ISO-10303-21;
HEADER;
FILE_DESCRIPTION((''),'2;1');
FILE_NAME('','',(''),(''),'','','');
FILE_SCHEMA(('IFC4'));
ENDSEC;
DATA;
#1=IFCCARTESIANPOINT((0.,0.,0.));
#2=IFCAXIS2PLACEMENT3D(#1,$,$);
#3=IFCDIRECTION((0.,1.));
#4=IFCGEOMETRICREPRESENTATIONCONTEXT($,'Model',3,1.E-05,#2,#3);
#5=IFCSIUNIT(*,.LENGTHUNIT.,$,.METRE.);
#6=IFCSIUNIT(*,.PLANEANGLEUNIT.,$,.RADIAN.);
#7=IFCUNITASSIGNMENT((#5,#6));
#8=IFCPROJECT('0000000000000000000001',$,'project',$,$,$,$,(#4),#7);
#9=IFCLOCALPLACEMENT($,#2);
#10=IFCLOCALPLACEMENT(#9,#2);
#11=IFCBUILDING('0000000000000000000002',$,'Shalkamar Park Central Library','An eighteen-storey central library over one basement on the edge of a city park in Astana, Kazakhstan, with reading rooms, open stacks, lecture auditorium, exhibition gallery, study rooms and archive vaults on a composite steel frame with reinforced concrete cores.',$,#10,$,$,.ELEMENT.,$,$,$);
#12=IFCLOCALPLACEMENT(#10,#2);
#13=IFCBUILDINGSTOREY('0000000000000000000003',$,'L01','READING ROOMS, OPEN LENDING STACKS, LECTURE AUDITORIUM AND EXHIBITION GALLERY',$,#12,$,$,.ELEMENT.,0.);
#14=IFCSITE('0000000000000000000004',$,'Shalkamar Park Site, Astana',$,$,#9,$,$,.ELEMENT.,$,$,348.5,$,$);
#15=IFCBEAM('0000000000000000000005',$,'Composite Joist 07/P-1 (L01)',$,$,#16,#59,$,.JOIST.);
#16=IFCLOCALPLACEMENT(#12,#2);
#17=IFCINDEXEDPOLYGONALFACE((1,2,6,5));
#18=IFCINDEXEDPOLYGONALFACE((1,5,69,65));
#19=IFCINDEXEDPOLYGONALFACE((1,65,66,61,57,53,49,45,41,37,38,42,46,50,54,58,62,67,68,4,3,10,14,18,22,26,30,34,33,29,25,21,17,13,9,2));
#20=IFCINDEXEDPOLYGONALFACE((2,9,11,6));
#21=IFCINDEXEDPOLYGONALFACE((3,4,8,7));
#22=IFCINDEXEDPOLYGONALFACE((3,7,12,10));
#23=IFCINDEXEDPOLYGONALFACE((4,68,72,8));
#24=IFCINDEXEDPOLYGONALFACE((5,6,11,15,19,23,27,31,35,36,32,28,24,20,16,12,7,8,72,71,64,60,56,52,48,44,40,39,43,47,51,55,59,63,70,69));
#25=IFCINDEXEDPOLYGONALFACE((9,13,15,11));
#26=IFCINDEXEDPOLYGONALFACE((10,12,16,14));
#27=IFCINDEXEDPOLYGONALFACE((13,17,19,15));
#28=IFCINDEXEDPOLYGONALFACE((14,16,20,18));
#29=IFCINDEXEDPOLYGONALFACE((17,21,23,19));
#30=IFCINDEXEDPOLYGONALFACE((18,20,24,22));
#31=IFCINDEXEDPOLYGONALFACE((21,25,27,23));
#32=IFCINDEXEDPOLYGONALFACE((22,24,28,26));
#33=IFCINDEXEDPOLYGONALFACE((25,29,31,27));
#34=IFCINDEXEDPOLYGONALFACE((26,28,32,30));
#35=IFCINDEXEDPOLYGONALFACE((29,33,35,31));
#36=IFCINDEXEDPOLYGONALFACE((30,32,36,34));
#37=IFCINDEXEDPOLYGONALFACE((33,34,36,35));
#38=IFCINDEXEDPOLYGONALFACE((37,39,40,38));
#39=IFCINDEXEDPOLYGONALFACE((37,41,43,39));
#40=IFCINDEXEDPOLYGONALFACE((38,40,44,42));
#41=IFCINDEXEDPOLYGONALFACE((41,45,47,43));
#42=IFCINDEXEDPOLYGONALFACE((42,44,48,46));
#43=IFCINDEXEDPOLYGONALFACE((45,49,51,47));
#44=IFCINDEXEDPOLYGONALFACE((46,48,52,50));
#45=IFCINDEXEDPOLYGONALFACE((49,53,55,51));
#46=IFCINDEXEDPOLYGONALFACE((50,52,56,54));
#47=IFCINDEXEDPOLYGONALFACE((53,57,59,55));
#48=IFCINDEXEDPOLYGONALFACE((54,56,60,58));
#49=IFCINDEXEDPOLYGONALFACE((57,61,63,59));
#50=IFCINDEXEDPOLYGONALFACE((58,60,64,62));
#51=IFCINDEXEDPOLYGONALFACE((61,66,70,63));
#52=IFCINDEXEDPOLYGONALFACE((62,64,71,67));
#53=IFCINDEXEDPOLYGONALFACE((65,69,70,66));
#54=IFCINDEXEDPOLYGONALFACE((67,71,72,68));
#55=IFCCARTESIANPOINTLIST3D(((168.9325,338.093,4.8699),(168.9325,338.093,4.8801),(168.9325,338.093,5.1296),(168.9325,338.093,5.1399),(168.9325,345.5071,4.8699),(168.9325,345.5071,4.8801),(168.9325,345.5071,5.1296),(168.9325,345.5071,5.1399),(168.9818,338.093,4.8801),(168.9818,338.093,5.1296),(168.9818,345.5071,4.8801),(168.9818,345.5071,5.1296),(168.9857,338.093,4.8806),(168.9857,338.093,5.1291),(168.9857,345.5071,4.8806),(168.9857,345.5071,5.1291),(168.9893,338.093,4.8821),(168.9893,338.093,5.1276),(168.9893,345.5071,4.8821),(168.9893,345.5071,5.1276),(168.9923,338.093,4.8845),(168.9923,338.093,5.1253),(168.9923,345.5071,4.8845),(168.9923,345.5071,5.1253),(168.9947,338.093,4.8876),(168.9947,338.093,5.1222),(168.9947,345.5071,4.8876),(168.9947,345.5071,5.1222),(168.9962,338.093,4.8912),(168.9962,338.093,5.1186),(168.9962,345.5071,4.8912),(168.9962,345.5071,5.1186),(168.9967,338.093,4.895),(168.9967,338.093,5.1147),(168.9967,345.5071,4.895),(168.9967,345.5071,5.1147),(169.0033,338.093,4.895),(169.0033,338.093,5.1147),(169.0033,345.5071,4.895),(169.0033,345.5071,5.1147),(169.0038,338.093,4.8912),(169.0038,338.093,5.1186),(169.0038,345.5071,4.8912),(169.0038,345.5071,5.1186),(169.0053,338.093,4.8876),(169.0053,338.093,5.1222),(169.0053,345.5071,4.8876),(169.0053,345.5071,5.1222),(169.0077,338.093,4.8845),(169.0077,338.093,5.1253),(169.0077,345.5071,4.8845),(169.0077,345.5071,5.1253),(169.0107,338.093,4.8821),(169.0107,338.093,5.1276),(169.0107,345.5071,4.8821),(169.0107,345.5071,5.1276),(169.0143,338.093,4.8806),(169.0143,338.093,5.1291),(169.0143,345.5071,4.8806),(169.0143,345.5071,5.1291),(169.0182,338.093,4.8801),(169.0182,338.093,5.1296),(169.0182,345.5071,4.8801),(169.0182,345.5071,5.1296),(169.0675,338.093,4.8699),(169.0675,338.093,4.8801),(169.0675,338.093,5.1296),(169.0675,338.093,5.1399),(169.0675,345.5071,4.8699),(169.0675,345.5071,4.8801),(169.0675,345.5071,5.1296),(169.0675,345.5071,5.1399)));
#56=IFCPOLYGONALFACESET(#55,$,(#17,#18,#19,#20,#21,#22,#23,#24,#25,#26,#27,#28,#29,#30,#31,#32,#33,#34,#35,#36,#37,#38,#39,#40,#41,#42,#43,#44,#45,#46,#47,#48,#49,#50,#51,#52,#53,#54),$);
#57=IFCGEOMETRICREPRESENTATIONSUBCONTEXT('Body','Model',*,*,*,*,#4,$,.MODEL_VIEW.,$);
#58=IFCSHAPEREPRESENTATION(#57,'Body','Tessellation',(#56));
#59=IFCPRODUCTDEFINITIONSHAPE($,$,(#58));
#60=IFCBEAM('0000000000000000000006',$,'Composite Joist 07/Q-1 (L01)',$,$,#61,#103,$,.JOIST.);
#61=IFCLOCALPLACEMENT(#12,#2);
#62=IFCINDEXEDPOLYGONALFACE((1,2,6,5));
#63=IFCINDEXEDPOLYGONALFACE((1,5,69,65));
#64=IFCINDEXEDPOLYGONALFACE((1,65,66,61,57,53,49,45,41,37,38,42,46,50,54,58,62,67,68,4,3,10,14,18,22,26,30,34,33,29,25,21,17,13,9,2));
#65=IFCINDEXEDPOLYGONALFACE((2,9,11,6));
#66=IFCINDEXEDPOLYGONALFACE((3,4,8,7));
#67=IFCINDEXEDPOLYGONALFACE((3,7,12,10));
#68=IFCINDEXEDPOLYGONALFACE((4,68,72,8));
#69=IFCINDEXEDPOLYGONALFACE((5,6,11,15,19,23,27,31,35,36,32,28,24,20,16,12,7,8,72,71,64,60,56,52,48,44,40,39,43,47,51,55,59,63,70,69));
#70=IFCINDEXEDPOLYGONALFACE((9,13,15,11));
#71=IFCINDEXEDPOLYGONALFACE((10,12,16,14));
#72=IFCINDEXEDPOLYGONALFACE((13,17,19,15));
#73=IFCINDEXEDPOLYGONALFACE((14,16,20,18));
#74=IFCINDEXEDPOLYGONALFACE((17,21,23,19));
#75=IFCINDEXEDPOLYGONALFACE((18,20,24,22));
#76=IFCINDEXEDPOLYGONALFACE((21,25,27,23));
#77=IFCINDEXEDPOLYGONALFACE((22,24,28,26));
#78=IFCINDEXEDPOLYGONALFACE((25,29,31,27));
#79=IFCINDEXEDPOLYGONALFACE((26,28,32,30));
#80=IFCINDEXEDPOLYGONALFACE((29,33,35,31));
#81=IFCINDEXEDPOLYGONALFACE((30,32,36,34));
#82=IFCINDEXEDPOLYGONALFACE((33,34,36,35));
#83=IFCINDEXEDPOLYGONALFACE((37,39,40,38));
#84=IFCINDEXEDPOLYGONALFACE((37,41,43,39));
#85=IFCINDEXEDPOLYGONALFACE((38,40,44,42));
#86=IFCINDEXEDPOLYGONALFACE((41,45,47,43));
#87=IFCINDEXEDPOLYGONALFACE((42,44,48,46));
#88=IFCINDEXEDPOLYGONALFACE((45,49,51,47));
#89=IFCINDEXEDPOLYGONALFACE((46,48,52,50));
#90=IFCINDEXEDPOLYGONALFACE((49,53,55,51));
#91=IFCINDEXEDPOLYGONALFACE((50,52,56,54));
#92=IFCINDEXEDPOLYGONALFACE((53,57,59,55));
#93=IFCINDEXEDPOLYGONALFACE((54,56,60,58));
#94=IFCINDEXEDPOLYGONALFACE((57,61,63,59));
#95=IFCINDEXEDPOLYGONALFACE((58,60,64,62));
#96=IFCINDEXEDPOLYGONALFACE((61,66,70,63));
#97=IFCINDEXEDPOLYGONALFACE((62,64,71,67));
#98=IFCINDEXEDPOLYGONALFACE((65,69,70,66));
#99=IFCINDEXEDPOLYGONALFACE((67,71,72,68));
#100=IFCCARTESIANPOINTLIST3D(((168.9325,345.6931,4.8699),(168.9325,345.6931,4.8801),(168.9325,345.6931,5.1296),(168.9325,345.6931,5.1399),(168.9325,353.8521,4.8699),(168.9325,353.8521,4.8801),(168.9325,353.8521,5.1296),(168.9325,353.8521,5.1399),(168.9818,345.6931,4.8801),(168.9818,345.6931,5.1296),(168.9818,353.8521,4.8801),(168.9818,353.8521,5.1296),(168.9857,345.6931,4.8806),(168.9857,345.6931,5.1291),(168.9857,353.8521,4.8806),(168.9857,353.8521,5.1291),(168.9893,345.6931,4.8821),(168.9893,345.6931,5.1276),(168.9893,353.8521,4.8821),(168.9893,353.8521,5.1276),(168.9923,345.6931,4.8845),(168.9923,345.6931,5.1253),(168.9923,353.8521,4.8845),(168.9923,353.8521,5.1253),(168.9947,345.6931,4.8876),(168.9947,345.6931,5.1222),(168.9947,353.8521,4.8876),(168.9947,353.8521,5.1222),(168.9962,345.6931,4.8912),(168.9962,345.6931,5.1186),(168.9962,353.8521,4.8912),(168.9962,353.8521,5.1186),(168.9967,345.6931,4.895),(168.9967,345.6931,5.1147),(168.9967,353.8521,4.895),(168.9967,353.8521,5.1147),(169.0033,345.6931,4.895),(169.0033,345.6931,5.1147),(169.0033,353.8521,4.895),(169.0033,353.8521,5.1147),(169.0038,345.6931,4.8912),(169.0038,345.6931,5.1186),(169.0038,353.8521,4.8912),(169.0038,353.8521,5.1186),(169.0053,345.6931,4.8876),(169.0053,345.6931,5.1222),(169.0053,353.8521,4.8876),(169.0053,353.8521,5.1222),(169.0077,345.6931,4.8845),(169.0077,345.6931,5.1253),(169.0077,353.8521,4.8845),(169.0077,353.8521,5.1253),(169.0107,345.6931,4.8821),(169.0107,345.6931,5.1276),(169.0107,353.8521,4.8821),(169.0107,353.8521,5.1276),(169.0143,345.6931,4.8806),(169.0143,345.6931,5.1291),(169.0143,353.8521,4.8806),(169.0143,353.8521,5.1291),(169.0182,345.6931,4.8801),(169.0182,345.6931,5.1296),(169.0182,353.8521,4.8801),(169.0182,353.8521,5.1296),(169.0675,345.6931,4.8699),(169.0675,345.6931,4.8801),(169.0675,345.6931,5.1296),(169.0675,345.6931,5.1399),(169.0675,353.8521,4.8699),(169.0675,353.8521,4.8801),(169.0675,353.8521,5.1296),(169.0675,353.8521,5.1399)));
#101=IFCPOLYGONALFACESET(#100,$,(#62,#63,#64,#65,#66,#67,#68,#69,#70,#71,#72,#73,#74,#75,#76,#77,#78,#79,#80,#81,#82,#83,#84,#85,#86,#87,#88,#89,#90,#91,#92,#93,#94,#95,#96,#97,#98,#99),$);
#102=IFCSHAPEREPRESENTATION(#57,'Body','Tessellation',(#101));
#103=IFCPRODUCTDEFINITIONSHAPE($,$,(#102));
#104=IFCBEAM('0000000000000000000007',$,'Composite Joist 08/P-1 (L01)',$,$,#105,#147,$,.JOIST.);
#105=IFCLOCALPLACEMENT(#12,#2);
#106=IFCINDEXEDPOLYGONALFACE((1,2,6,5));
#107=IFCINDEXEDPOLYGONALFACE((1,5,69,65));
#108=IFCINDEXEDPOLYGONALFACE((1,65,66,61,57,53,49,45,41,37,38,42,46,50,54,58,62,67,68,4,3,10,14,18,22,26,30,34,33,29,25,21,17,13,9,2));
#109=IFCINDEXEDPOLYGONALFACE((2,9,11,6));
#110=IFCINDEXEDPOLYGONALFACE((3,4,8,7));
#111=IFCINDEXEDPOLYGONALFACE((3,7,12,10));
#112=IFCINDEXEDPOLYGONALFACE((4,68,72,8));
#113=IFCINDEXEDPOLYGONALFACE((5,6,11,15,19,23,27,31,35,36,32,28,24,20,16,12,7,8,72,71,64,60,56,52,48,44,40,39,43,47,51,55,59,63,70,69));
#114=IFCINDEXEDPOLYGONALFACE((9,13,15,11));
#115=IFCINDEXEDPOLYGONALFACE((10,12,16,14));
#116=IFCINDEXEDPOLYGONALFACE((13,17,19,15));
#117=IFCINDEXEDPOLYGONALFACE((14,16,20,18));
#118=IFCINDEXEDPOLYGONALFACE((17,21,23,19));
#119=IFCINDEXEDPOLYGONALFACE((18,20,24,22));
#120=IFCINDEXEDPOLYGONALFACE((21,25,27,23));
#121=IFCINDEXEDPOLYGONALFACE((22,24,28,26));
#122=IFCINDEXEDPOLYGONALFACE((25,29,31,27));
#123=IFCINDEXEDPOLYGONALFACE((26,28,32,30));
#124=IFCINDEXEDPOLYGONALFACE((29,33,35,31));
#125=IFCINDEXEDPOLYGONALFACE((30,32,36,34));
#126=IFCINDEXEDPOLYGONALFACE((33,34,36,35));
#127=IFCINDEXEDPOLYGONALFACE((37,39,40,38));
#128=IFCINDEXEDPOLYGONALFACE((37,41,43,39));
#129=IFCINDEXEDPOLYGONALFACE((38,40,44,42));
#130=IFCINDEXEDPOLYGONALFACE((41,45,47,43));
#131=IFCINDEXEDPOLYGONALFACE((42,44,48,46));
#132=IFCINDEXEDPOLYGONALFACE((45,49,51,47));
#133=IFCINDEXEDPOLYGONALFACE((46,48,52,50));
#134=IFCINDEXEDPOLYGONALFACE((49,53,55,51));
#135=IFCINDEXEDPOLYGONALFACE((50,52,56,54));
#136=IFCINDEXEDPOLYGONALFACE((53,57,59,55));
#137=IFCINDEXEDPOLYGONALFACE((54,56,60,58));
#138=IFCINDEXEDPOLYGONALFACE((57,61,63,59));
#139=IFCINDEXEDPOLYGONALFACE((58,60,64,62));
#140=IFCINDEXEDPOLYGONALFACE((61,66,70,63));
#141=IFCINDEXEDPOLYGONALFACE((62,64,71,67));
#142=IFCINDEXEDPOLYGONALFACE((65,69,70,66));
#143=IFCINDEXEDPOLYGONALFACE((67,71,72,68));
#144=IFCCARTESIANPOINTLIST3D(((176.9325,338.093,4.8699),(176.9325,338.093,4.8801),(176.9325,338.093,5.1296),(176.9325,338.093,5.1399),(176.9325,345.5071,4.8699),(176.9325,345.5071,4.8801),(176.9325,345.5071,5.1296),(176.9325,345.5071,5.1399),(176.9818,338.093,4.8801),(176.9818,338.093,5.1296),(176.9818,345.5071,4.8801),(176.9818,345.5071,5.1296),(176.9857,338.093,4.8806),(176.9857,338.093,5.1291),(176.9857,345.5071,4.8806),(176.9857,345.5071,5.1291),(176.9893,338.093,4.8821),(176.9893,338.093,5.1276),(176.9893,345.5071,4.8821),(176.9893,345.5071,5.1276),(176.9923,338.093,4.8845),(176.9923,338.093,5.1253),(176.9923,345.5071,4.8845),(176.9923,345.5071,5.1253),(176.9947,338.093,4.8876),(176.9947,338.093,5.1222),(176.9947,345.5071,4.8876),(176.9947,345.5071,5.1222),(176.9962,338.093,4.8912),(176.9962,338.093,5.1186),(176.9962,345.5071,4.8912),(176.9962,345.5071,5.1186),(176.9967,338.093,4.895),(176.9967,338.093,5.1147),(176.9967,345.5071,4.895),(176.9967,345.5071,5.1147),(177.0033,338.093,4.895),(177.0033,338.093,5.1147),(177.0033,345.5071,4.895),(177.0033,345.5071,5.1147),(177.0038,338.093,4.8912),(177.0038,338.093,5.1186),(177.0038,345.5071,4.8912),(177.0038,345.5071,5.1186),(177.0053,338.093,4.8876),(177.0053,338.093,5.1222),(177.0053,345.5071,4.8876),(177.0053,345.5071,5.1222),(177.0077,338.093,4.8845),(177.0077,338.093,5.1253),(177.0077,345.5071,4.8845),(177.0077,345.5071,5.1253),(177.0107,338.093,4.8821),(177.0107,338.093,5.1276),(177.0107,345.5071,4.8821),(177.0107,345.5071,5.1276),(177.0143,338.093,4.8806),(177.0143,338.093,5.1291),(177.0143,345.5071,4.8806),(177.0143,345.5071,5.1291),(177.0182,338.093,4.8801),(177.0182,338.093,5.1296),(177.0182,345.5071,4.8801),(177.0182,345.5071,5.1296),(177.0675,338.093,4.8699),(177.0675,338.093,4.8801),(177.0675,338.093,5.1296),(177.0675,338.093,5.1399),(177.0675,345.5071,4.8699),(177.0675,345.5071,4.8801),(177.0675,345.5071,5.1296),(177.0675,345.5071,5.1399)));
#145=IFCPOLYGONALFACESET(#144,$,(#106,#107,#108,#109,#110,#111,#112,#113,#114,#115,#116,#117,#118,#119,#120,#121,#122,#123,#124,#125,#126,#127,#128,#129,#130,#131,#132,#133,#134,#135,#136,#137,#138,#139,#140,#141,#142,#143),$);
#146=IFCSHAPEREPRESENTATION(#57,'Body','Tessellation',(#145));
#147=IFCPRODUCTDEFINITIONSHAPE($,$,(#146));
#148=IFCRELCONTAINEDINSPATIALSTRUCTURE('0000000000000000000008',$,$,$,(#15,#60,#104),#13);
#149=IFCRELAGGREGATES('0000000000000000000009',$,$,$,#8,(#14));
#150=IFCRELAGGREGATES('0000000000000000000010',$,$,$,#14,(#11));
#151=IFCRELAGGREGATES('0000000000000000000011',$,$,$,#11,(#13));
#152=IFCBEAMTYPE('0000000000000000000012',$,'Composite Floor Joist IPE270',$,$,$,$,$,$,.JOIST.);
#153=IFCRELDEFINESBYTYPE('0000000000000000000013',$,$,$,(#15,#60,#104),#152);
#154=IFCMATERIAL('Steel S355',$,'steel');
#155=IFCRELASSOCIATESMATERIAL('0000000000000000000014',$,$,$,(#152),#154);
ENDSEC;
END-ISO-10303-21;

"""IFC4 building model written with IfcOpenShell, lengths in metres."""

from ifc_helpers import new_model, si_unit, direction, frame, origin, origin_2d, place, context, subcontext, project, spatial, i_section, extrude, material, material_profile, profile_set, type_object, element, save


model = new_model("IFC4")

# Units and contexts
model_context = context("Model", 3, precision=1e-05, world=origin(), true_north=direction((0.0, 1.0)))
body_context = subcontext(model_context, "Body", "Model", "MODEL_VIEW")
ifc_project = project(units=[si_unit("LENGTHUNIT", "METRE"), si_unit("PLANEANGLEUNIT", "RADIAN")], contexts=[model_context])

# Site, building, storey
site_placement = place(None, origin())
site = spatial("IfcSite", under=ifc_project, at=site_placement, Name="Shalkamar Park Site, Astana", CompositionType="ELEMENT", RefElevation=348.5)
building_placement = place(site_placement, origin())
building = spatial("IfcBuilding", under=site, at=building_placement, Name="Shalkamar Park Central Library", Description="An eighteen-storey central library over one basement on the edge of a city park in Astana, Kazakhstan, with reading rooms, open stacks, lecture auditorium, exhibition gallery, study rooms and archive vaults on a composite steel frame with reinforced concrete cores.", CompositionType="ELEMENT")
storey_placement = place(building_placement, origin())
storey = spatial("IfcBuildingStorey", under=building, at=storey_placement, Name="L01", Description="READING ROOMS, OPEN LENDING STACKS, LECTURE AUDITORIUM AND EXHIBITION GALLERY", CompositionType="ELEMENT", Elevation=0.0)

# Shared definitions
ifc_material_1 = material(Name="Steel S355", Category="steel")

# Beams
ifc_material_profile_1 = material_profile(ifc_material_1, i_section(OverallWidth=0.135, OverallDepth=0.27, WebThickness=0.0066, FlangeThickness=0.0103, FilletRadius=0.0149, at=origin_2d()), Name="IPE 270")
ifc_profile_set_1 = profile_set([ifc_material_profile_1], Name="Steel S355")
beam_type_1 = type_object("IfcBeamType", Name="Composite Floor Joist IPE270", PredefinedType="JOIST", material=ifc_profile_set_1)
beam_1_placement = place(storey_placement, frame((169.0, 338.093, 5.0049), z_axis=(0.0, 1.0, 0.0), x_axis=(-1.0, 0.0, 0.0)))
element("IfcBeam", 1, at=beam_1_placement, inside=storey, type_object=beam_type_1, Name="Composite Joist 07/P-1 (L01)", PredefinedType="JOIST", context=body_context, shape_type="SweptSolid", body=[
    extrude(i_section(OverallWidth=0.135, OverallDepth=0.27, WebThickness=0.0066, FlangeThickness=0.0103, FilletRadius=0.0149, at=origin_2d()), origin(), (0.0, 0.0, 1.0), 7.4141),
])
beam_2_placement = place(storey_placement, frame((169.0, 345.6931, 5.0049), z_axis=(0.0, 1.0, 0.0), x_axis=(-1.0, 0.0, 0.0)))
element("IfcBeam", 2, at=beam_2_placement, inside=storey, type_object=beam_type_1, Name="Composite Joist 07/Q-1 (L01)", PredefinedType="JOIST", context=body_context, shape_type="SweptSolid", body=[
    extrude(i_section(OverallWidth=0.135, OverallDepth=0.27, WebThickness=0.0066, FlangeThickness=0.0103, FilletRadius=0.0149, at=origin_2d()), origin(), (0.0, 0.0, 1.0), 8.1589),
])
beam_3_placement = place(storey_placement, frame((177.0, 338.093, 5.0049), z_axis=(0.0, 1.0, 0.0), x_axis=(-1.0, 0.0, 0.0)))
element("IfcBeam", 3, at=beam_3_placement, inside=storey, type_object=beam_type_1, Name="Composite Joist 08/P-1 (L01)", PredefinedType="JOIST", context=body_context, shape_type="SweptSolid", body=[
    extrude(i_section(OverallWidth=0.135, OverallDepth=0.27, WebThickness=0.0066, FlangeThickness=0.0103, FilletRadius=0.0149, at=origin_2d()), origin(), (0.0, 0.0, 1.0), 7.4141),
])

save(model, "model.ifc")
